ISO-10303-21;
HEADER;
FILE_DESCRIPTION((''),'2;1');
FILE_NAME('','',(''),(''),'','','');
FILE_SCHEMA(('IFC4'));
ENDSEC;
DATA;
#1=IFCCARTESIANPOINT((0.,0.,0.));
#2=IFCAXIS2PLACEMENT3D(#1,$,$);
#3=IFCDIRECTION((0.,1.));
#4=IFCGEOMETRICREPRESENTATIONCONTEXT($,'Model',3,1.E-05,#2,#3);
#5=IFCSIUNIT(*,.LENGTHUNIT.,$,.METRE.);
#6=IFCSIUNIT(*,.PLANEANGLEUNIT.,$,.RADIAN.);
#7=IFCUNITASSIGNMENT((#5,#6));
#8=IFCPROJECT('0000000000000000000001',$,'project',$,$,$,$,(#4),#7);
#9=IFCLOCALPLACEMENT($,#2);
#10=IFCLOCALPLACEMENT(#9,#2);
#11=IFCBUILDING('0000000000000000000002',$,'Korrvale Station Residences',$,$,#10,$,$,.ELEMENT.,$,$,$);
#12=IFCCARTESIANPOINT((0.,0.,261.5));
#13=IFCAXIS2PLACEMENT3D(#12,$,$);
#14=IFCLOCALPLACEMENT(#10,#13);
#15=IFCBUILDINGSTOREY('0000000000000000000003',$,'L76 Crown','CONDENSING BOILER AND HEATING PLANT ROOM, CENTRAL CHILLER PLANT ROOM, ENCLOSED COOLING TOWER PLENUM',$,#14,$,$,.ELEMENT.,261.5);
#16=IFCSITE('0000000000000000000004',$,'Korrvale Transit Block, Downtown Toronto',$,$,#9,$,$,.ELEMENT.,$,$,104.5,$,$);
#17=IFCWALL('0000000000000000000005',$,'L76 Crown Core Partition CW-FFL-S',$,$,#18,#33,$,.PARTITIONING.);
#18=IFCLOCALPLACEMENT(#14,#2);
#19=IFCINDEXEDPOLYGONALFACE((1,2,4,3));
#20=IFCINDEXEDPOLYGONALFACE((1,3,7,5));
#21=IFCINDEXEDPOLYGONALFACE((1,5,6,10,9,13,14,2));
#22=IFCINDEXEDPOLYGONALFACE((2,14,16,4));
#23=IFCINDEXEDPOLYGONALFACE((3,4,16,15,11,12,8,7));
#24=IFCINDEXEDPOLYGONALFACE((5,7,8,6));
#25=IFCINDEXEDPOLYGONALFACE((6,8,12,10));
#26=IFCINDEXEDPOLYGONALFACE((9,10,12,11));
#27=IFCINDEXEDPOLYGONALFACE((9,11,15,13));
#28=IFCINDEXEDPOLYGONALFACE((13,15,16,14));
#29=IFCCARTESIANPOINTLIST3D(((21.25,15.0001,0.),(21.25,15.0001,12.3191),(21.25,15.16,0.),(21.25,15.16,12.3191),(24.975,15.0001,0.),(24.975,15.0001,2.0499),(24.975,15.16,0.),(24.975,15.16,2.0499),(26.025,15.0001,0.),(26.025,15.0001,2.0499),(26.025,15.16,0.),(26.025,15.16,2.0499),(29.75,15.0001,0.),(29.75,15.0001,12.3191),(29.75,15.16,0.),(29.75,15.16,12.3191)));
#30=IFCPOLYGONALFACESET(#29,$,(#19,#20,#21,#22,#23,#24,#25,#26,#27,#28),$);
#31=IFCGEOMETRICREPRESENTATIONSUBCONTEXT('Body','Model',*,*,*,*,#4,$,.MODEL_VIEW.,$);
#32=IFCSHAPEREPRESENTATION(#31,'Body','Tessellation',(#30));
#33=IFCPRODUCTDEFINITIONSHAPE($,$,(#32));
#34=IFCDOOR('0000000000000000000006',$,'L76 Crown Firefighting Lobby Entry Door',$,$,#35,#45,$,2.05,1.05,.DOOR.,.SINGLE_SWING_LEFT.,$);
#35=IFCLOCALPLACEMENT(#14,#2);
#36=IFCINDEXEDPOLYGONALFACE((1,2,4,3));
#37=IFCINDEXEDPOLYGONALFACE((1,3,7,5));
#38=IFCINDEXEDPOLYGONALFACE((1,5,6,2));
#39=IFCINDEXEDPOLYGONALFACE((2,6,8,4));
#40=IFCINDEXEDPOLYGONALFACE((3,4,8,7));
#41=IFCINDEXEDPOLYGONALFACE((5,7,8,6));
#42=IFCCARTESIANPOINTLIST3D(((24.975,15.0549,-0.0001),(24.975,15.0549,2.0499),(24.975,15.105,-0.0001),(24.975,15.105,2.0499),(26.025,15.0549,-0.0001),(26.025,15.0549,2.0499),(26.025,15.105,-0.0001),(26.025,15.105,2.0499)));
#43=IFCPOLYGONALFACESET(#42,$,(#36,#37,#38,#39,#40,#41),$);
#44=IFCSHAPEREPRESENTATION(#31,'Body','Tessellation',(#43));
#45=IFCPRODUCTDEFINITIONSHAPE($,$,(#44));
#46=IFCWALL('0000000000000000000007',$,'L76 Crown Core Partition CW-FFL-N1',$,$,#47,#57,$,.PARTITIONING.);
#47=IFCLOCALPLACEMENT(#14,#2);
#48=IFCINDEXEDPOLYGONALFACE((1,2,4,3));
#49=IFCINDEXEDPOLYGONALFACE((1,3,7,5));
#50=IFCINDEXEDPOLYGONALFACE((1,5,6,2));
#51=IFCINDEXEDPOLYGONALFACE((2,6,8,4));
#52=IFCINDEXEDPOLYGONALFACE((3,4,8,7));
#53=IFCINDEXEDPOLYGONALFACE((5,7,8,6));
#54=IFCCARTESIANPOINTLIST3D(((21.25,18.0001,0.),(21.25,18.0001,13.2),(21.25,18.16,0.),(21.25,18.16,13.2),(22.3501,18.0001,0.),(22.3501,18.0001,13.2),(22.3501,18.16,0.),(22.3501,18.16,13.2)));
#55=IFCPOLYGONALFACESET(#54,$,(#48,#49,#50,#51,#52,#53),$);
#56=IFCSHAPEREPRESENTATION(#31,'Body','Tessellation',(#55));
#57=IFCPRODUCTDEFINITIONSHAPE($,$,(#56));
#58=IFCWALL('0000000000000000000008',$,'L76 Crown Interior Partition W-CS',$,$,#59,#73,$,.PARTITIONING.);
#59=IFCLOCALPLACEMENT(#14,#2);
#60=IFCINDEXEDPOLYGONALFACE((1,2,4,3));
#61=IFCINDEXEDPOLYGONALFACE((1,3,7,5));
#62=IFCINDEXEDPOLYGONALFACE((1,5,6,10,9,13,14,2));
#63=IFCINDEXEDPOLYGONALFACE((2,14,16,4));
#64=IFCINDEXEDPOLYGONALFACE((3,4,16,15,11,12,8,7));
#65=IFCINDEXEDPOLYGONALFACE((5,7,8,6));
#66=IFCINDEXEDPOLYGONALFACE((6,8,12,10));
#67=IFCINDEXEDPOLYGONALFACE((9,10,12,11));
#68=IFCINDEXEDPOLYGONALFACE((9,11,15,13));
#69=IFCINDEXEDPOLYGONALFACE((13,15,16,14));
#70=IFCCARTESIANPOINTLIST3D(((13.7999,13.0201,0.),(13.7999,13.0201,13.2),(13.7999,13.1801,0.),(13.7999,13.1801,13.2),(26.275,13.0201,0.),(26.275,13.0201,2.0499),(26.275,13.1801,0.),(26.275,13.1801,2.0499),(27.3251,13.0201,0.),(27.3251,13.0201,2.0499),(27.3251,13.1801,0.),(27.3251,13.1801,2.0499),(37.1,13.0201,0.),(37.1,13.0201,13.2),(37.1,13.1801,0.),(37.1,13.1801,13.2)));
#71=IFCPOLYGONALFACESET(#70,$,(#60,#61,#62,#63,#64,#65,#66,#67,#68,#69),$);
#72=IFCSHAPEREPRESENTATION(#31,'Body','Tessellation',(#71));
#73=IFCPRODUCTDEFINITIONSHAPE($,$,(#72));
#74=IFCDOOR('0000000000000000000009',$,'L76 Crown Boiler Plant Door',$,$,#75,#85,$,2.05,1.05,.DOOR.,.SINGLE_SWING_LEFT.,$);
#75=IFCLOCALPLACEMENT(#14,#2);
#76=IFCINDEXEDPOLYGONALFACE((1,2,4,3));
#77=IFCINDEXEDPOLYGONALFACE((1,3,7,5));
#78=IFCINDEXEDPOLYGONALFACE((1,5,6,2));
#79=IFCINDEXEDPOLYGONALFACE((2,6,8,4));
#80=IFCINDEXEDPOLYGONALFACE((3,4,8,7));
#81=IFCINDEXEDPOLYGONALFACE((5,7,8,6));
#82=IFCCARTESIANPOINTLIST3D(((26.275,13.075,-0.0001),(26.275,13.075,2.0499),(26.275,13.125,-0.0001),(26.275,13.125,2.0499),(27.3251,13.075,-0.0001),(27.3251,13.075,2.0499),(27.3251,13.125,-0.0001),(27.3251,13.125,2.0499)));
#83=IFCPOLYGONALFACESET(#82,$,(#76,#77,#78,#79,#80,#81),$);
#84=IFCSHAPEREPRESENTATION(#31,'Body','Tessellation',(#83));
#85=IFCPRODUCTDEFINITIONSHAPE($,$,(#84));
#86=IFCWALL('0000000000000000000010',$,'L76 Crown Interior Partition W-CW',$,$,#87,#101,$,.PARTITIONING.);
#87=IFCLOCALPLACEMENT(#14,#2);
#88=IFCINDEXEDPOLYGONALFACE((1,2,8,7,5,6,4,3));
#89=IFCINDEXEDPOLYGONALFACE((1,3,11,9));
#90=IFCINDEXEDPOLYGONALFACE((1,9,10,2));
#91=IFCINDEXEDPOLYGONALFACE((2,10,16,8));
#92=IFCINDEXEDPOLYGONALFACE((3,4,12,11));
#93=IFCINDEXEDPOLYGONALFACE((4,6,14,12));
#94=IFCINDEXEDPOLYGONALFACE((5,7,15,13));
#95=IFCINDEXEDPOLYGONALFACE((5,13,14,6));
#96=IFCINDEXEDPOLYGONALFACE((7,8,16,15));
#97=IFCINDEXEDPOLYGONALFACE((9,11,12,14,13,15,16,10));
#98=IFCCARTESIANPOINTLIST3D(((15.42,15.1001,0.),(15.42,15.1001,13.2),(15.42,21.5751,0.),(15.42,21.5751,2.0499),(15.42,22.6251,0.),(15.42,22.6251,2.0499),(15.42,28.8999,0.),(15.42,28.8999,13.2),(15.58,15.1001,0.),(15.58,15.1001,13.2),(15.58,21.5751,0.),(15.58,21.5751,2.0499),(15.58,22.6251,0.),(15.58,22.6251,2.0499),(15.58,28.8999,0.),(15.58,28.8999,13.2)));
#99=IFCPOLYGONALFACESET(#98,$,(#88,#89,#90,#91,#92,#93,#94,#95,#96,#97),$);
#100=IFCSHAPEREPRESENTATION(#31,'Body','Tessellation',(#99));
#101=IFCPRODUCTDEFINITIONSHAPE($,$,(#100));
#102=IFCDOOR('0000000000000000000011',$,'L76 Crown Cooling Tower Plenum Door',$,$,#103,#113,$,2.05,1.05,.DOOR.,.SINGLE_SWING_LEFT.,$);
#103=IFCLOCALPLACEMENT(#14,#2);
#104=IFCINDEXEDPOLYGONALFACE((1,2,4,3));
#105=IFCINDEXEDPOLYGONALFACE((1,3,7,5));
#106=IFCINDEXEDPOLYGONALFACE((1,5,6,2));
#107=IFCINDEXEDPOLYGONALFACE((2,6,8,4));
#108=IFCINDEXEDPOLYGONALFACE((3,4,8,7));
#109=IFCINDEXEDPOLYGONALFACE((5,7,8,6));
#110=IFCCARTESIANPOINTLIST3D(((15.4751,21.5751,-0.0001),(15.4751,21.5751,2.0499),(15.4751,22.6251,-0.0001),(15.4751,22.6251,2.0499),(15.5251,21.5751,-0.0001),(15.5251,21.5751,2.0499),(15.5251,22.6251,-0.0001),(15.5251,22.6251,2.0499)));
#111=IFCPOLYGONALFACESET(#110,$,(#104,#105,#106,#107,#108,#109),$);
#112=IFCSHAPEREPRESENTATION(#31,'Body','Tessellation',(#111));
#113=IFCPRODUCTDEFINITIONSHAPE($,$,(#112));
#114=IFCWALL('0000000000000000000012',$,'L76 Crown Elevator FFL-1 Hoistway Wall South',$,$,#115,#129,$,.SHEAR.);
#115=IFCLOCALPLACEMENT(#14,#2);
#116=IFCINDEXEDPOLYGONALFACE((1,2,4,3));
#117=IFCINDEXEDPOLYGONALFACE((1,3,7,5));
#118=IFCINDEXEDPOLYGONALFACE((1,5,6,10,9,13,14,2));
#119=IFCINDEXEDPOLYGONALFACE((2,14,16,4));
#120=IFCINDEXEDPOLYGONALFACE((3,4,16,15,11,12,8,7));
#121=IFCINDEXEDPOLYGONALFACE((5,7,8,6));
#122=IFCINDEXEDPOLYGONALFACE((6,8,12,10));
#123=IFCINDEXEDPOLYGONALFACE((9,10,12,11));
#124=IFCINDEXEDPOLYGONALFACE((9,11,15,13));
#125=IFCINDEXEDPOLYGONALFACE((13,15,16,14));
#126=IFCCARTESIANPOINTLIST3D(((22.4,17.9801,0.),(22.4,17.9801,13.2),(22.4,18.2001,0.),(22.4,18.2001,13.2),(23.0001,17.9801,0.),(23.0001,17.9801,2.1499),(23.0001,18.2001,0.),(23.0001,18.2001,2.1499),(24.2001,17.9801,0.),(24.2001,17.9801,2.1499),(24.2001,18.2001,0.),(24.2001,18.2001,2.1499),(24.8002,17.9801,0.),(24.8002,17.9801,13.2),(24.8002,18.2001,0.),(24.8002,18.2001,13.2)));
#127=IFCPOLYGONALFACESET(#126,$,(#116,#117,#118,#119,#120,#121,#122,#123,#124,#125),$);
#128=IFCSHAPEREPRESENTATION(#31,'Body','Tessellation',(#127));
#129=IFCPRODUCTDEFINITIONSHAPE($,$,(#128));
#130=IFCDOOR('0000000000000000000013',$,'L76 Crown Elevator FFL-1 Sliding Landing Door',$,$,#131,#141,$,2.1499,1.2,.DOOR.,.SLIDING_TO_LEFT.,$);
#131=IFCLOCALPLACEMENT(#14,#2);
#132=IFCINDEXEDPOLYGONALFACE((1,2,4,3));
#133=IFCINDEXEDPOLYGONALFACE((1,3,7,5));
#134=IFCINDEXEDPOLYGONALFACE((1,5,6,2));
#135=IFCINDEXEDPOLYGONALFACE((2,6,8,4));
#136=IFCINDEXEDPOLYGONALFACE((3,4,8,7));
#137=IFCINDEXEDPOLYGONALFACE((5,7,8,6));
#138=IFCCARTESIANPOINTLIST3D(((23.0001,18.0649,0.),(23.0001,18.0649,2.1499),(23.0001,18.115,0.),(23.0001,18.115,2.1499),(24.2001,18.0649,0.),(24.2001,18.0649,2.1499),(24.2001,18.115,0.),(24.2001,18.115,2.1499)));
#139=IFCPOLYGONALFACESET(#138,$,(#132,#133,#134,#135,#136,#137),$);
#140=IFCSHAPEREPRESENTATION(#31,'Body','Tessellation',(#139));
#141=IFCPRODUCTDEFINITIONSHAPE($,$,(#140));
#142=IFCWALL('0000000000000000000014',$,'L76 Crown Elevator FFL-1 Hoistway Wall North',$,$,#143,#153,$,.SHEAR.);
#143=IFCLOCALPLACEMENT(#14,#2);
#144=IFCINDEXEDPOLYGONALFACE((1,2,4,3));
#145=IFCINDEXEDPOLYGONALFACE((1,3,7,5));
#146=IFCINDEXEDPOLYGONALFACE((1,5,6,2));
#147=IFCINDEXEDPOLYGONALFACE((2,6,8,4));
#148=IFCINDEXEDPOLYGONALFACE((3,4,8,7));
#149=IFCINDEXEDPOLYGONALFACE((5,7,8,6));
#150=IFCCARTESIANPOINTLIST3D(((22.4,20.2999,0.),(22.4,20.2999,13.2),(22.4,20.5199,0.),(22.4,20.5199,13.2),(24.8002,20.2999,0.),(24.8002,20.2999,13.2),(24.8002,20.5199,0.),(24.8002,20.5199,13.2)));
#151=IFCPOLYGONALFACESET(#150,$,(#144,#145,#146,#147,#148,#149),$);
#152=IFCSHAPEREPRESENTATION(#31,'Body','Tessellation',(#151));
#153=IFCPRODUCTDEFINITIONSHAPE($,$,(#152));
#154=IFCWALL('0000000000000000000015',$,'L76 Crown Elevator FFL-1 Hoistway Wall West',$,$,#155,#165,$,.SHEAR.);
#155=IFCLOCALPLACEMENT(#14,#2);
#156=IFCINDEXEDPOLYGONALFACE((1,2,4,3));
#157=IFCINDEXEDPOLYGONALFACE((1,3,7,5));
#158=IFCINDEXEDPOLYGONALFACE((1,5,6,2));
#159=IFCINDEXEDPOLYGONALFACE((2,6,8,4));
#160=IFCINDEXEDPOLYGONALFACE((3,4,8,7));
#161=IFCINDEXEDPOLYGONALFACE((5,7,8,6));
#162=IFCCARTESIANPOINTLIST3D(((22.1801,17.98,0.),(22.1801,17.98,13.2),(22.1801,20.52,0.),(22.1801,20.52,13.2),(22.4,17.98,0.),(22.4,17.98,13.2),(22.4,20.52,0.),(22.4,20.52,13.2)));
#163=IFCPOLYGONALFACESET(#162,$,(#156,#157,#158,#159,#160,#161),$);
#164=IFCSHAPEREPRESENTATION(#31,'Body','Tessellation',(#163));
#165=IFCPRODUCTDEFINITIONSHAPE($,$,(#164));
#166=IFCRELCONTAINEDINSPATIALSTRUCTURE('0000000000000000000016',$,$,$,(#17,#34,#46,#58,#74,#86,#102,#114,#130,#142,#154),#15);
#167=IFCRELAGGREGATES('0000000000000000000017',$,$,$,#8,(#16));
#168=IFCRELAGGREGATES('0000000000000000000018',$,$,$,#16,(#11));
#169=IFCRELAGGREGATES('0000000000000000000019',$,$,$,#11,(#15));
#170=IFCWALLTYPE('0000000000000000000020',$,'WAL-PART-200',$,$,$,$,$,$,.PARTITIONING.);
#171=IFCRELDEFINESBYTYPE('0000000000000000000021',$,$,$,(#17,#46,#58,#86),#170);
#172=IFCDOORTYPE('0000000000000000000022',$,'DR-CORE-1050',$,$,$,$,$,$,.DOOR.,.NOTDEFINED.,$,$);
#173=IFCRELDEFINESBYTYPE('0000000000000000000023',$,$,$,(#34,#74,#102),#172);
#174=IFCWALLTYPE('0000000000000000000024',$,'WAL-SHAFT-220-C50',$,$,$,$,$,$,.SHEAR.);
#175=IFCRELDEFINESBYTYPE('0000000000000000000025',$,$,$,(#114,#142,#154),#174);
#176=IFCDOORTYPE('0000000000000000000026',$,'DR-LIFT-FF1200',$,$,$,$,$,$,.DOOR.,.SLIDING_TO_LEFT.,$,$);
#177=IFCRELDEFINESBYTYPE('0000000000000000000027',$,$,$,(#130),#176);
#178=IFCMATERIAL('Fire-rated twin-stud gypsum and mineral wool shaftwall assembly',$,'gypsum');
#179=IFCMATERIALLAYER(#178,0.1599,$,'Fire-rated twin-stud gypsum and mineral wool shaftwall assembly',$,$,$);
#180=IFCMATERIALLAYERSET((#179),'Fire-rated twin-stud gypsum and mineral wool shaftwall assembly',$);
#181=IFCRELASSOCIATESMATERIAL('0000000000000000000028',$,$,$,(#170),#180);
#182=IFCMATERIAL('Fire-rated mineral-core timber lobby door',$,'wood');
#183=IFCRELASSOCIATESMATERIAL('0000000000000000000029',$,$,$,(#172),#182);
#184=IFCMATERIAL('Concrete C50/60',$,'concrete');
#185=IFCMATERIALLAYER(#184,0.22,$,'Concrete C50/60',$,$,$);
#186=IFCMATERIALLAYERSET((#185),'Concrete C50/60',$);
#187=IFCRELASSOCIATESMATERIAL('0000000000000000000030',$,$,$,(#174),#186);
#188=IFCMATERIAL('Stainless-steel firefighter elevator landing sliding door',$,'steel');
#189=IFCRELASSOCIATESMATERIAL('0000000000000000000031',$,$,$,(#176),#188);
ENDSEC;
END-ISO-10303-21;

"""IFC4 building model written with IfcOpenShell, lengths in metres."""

from ifc_helpers import new_model, si_unit, direction, frame, frame_2d, origin, place, context, subcontext, project, spatial, rectangle, extrude, material, layer, layer_set, type_object, element, fill, save


model = new_model("IFC4")

# Units and contexts
model_context = context("Model", 3, precision=1e-05, world=origin(), true_north=direction((0.0, 1.0)))
body_context = subcontext(model_context, "Body", "Model", "MODEL_VIEW")
ifc_project = project(units=[si_unit("LENGTHUNIT", "METRE"), si_unit("PLANEANGLEUNIT", "RADIAN")], contexts=[model_context])

# Site, building, storey
site_placement = place(None, origin())
site = spatial("IfcSite", under=ifc_project, at=site_placement, Name="Korrvale Transit Block, Downtown Toronto", CompositionType="ELEMENT", RefElevation=104.5)
building_placement = place(site_placement, origin())
building = spatial("IfcBuilding", under=site, at=building_placement, Name="Korrvale Station Residences", CompositionType="ELEMENT")
storey_placement = place(building_placement, frame((0.0, 0.0, 261.5)))
storey = spatial("IfcBuildingStorey", under=building, at=storey_placement, Name="L76 Crown", Description="CONDENSING BOILER AND HEATING PLANT ROOM, CENTRAL CHILLER PLANT ROOM, ENCLOSED COOLING TOWER PLENUM", CompositionType="ELEMENT", Elevation=261.5)

# Shared definitions
ifc_material_1 = material(Name="Concrete C50/60", Category="concrete")

# Wall, opening, door
ifc_material_2 = material(Name="Fire-rated twin-stud gypsum and mineral wool shaftwall assembly", Category="gypsum")
ifc_layer_1 = layer(ifc_material_2, 0.1599, Name="Fire-rated twin-stud gypsum and mineral wool shaftwall assembly")
ifc_layer_set_1 = layer_set([ifc_layer_1], Name="Fire-rated twin-stud gypsum and mineral wool shaftwall assembly")
wall_type_1 = type_object("IfcWallType", Name="WAL-PART-200", PredefinedType="PARTITIONING", material=ifc_layer_set_1)
wall_1_placement = place(storey_placement, frame((21.25, 15.0801, 0.0), z_axis=(0.0, 0.0, 1.0), x_axis=(1.0, 0.0, 0.0)))
wall_1 = element("IfcWall", 1, at=wall_1_placement, inside=storey, type_object=wall_type_1, Name="L76 Crown Core Partition CW-FFL-S", PredefinedType="PARTITIONING", context=body_context, shape_type="SweptSolid", body=[
    extrude(rectangle(XDim=8.5, YDim=0.1599, at=frame_2d((4.25, 0.0))), origin(), (0.0, 0.0, 1.0), 12.3191),
])
opening_1_placement = place(wall_1_placement, frame((3.7251, 0.0, 0.0)))
opening_1 = element("IfcOpeningElement", 2, at=opening_1_placement, cuts=wall_1, PredefinedType="OPENING", context=body_context, shape_type="SweptSolid", body=[
    extrude(rectangle(XDim=1.05, YDim=2.05, at=frame_2d((0.5249, 1.0249))), frame((0.0, 0.0898, 0.0), z_axis=(0.0, -1.0, 0.0), x_axis=(1.0, 0.0, 0.0)), (0.0, 0.0, 1.0), 0.1799),
])
ifc_material_3 = material(Name="Fire-rated mineral-core timber lobby door", Category="wood")
door_type_1 = type_object("IfcDoorType", Name="DR-CORE-1050", OperationType="NOTDEFINED", PredefinedType="DOOR", material=ifc_material_3)
door_1_placement = place(opening_1_placement, origin())
door_1 = element("IfcDoor", 3, at=door_1_placement, inside=storey, type_object=door_type_1, Name="L76 Crown Firefighting Lobby Entry Door", OperationType="SINGLE_SWING_LEFT", OverallHeight=2.05, OverallWidth=1.05, PredefinedType="DOOR", context=body_context, shape_type="SweptSolid", body=[
    extrude(rectangle(XDim=1.05, YDim=2.05, at=frame_2d((0.5249, 1.0249))), frame((0.0, 0.0249, 0.0), z_axis=(0.0, -1.0, 0.0), x_axis=(1.0, 0.0, 0.0)), (0.0, 0.0, 1.0), 0.05),
])
fill(opening_1, door_1)

# Wall
wall_2_placement = place(storey_placement, frame((21.25, 18.0801, 0.0), z_axis=(0.0, 0.0, 1.0), x_axis=(1.0, 0.0, 0.0)))
element("IfcWall", 4, at=wall_2_placement, inside=storey, type_object=wall_type_1, Name="L76 Crown Core Partition CW-FFL-N1", PredefinedType="PARTITIONING", context=body_context, shape_type="SweptSolid", body=[
    extrude(rectangle(XDim=1.1001, YDim=0.1599, at=frame_2d((0.55, 0.0))), origin(), (0.0, 0.0, 1.0), 13.2),
])

# Walls, openings, doors
wall_3_placement = place(storey_placement, frame((13.8, 13.1001, 0.0), z_axis=(0.0, 0.0, 1.0), x_axis=(1.0, 0.0, 0.0)))
wall_3 = element("IfcWall", 5, at=wall_3_placement, inside=storey, type_object=wall_type_1, Name="L76 Crown Interior Partition W-CS", PredefinedType="PARTITIONING", context=body_context, shape_type="SweptSolid", body=[
    extrude(rectangle(XDim=23.3, YDim=0.1599, at=frame_2d((11.6499, 0.0))), origin(), (0.0, 0.0, 1.0), 13.2),
])
opening_2_placement = place(wall_3_placement, frame((12.4751, 0.0, 0.0)))
opening_2 = element("IfcOpeningElement", 6, at=opening_2_placement, cuts=wall_3, PredefinedType="OPENING", context=body_context, shape_type="SweptSolid", body=[
    extrude(rectangle(XDim=1.05, YDim=2.05, at=frame_2d((0.5249, 1.0249))), frame((0.0, 0.0898, 0.0), z_axis=(0.0, -1.0, 0.0), x_axis=(1.0, 0.0, 0.0)), (0.0, 0.0, 1.0), 0.1799),
])
door_2_placement = place(opening_2_placement, origin())
door_2 = element("IfcDoor", 7, at=door_2_placement, inside=storey, type_object=door_type_1, Name="L76 Crown Boiler Plant Door", OperationType="SINGLE_SWING_LEFT", OverallHeight=2.05, OverallWidth=1.05, PredefinedType="DOOR", context=body_context, shape_type="SweptSolid", body=[
    extrude(rectangle(XDim=1.05, YDim=2.05, at=frame_2d((0.5249, 1.0249))), frame((0.0, 0.0249, 0.0), z_axis=(0.0, -1.0, 0.0), x_axis=(1.0, 0.0, 0.0)), (0.0, 0.0, 1.0), 0.05),
])
fill(opening_2, door_2)
wall_4_placement = place(storey_placement, frame((15.5, 15.1001, 0.0), z_axis=(0.0, 0.0, 1.0), x_axis=(0.0, 1.0, 0.0)))
wall_4 = element("IfcWall", 8, at=wall_4_placement, inside=storey, type_object=wall_type_1, Name="L76 Crown Interior Partition W-CW", PredefinedType="PARTITIONING", context=body_context, shape_type="SweptSolid", body=[
    extrude(rectangle(XDim=13.7998, YDim=0.1599, at=frame_2d((6.8999, 0.0))), origin(), (0.0, 0.0, 1.0), 13.2),
])
opening_3_placement = place(wall_4_placement, frame((6.4751, 0.0, 0.0)))
opening_3 = element("IfcOpeningElement", 9, at=opening_3_placement, cuts=wall_4, PredefinedType="OPENING", context=body_context, shape_type="SweptSolid", body=[
    extrude(rectangle(XDim=1.05, YDim=2.05, at=frame_2d((0.5249, 1.0249))), frame((0.0, 0.0898, 0.0), z_axis=(0.0, -1.0, 0.0), x_axis=(1.0, 0.0, 0.0)), (0.0, 0.0, 1.0), 0.1799),
])
door_3_placement = place(opening_3_placement, origin())
door_3 = element("IfcDoor", 10, at=door_3_placement, inside=storey, type_object=door_type_1, Name="L76 Crown Cooling Tower Plenum Door", OperationType="SINGLE_SWING_LEFT", OverallHeight=2.05, OverallWidth=1.05, PredefinedType="DOOR", context=body_context, shape_type="SweptSolid", body=[
    extrude(rectangle(XDim=1.05, YDim=2.05, at=frame_2d((0.5249, 1.0249))), frame((0.0, 0.0249, 0.0), z_axis=(0.0, -1.0, 0.0), x_axis=(1.0, 0.0, 0.0)), (0.0, 0.0, 1.0), 0.05),
])
fill(opening_3, door_3)
ifc_layer_2 = layer(ifc_material_1, 0.22, Name="Concrete C50/60")
ifc_layer_set_2 = layer_set([ifc_layer_2], Name="Concrete C50/60")
wall_type_2 = type_object("IfcWallType", Name="WAL-SHAFT-220-C50", PredefinedType="SHEAR", material=ifc_layer_set_2)
wall_5_placement = place(storey_placement, frame((22.3999, 18.0901, 0.0), z_axis=(0.0, 0.0, 1.0), x_axis=(1.0, 0.0, 0.0)))
wall_5 = element("IfcWall", 11, at=wall_5_placement, inside=storey, type_object=wall_type_2, Name="L76 Crown Elevator FFL-1 Hoistway Wall South", PredefinedType="SHEAR", context=body_context, shape_type="SweptSolid", body=[
    extrude(rectangle(XDim=2.4001, YDim=0.22, at=frame_2d((1.2002, 0.0))), origin(), (0.0, 0.0, 1.0), 13.2),
])
opening_4_placement = place(wall_5_placement, frame((0.6001, 0.0, 0.0)))
opening_4 = element("IfcOpeningElement", 12, at=opening_4_placement, cuts=wall_5, PredefinedType="OPENING", context=body_context, shape_type="SweptSolid", body=[
    extrude(rectangle(XDim=1.2, YDim=2.1499, at=frame_2d((0.6001, 1.075))), frame((0.0, 0.1201, 0.0), z_axis=(0.0, -1.0, 0.0), x_axis=(1.0, 0.0, 0.0)), (0.0, 0.0, 1.0), 0.24),
])
ifc_material_4 = material(Name="Stainless-steel firefighter elevator landing sliding door", Category="steel")
door_type_2 = type_object("IfcDoorType", Name="DR-LIFT-FF1200", OperationType="SLIDING_TO_LEFT", PredefinedType="DOOR", material=ifc_material_4)
door_4_placement = place(opening_4_placement, origin())
door_4 = element("IfcDoor", 13, at=door_4_placement, inside=storey, type_object=door_type_2, Name="L76 Crown Elevator FFL-1 Sliding Landing Door", OperationType="SLIDING_TO_LEFT", OverallHeight=2.1499, OverallWidth=1.2, PredefinedType="DOOR", context=body_context, shape_type="SweptSolid", body=[
    extrude(rectangle(XDim=1.2, YDim=2.1499, at=frame_2d((0.6001, 1.075))), frame((0.0, 0.0249, 0.0), z_axis=(0.0, -1.0, 0.0), x_axis=(1.0, 0.0, 0.0)), (0.0, 0.0, 1.0), 0.05),
])
fill(opening_4, door_4)

# Walls
wall_6_placement = place(storey_placement, frame((22.3999, 20.4099, 0.0), z_axis=(0.0, 0.0, 1.0), x_axis=(1.0, 0.0, 0.0)))
element("IfcWall", 14, at=wall_6_placement, inside=storey, type_object=wall_type_2, Name="L76 Crown Elevator FFL-1 Hoistway Wall North", PredefinedType="SHEAR", context=body_context, shape_type="SweptSolid", body=[
    extrude(rectangle(XDim=2.4001, YDim=0.22, at=frame_2d((1.2002, 0.0))), origin(), (0.0, 0.0, 1.0), 13.2),
])
wall_7_placement = place(storey_placement, frame((22.29, 17.98, 0.0), z_axis=(0.0, 0.0, 1.0), x_axis=(0.0, 1.0, 0.0)))
element("IfcWall", 15, at=wall_7_placement, inside=storey, type_object=wall_type_2, Name="L76 Crown Elevator FFL-1 Hoistway Wall West", PredefinedType="SHEAR", context=body_context, shape_type="SweptSolid", body=[
    extrude(rectangle(XDim=2.54, YDim=0.22, at=frame_2d((1.27, 0.0))), origin(), (0.0, 0.0, 1.0), 13.2),
])

save(model, "model.ifc")
